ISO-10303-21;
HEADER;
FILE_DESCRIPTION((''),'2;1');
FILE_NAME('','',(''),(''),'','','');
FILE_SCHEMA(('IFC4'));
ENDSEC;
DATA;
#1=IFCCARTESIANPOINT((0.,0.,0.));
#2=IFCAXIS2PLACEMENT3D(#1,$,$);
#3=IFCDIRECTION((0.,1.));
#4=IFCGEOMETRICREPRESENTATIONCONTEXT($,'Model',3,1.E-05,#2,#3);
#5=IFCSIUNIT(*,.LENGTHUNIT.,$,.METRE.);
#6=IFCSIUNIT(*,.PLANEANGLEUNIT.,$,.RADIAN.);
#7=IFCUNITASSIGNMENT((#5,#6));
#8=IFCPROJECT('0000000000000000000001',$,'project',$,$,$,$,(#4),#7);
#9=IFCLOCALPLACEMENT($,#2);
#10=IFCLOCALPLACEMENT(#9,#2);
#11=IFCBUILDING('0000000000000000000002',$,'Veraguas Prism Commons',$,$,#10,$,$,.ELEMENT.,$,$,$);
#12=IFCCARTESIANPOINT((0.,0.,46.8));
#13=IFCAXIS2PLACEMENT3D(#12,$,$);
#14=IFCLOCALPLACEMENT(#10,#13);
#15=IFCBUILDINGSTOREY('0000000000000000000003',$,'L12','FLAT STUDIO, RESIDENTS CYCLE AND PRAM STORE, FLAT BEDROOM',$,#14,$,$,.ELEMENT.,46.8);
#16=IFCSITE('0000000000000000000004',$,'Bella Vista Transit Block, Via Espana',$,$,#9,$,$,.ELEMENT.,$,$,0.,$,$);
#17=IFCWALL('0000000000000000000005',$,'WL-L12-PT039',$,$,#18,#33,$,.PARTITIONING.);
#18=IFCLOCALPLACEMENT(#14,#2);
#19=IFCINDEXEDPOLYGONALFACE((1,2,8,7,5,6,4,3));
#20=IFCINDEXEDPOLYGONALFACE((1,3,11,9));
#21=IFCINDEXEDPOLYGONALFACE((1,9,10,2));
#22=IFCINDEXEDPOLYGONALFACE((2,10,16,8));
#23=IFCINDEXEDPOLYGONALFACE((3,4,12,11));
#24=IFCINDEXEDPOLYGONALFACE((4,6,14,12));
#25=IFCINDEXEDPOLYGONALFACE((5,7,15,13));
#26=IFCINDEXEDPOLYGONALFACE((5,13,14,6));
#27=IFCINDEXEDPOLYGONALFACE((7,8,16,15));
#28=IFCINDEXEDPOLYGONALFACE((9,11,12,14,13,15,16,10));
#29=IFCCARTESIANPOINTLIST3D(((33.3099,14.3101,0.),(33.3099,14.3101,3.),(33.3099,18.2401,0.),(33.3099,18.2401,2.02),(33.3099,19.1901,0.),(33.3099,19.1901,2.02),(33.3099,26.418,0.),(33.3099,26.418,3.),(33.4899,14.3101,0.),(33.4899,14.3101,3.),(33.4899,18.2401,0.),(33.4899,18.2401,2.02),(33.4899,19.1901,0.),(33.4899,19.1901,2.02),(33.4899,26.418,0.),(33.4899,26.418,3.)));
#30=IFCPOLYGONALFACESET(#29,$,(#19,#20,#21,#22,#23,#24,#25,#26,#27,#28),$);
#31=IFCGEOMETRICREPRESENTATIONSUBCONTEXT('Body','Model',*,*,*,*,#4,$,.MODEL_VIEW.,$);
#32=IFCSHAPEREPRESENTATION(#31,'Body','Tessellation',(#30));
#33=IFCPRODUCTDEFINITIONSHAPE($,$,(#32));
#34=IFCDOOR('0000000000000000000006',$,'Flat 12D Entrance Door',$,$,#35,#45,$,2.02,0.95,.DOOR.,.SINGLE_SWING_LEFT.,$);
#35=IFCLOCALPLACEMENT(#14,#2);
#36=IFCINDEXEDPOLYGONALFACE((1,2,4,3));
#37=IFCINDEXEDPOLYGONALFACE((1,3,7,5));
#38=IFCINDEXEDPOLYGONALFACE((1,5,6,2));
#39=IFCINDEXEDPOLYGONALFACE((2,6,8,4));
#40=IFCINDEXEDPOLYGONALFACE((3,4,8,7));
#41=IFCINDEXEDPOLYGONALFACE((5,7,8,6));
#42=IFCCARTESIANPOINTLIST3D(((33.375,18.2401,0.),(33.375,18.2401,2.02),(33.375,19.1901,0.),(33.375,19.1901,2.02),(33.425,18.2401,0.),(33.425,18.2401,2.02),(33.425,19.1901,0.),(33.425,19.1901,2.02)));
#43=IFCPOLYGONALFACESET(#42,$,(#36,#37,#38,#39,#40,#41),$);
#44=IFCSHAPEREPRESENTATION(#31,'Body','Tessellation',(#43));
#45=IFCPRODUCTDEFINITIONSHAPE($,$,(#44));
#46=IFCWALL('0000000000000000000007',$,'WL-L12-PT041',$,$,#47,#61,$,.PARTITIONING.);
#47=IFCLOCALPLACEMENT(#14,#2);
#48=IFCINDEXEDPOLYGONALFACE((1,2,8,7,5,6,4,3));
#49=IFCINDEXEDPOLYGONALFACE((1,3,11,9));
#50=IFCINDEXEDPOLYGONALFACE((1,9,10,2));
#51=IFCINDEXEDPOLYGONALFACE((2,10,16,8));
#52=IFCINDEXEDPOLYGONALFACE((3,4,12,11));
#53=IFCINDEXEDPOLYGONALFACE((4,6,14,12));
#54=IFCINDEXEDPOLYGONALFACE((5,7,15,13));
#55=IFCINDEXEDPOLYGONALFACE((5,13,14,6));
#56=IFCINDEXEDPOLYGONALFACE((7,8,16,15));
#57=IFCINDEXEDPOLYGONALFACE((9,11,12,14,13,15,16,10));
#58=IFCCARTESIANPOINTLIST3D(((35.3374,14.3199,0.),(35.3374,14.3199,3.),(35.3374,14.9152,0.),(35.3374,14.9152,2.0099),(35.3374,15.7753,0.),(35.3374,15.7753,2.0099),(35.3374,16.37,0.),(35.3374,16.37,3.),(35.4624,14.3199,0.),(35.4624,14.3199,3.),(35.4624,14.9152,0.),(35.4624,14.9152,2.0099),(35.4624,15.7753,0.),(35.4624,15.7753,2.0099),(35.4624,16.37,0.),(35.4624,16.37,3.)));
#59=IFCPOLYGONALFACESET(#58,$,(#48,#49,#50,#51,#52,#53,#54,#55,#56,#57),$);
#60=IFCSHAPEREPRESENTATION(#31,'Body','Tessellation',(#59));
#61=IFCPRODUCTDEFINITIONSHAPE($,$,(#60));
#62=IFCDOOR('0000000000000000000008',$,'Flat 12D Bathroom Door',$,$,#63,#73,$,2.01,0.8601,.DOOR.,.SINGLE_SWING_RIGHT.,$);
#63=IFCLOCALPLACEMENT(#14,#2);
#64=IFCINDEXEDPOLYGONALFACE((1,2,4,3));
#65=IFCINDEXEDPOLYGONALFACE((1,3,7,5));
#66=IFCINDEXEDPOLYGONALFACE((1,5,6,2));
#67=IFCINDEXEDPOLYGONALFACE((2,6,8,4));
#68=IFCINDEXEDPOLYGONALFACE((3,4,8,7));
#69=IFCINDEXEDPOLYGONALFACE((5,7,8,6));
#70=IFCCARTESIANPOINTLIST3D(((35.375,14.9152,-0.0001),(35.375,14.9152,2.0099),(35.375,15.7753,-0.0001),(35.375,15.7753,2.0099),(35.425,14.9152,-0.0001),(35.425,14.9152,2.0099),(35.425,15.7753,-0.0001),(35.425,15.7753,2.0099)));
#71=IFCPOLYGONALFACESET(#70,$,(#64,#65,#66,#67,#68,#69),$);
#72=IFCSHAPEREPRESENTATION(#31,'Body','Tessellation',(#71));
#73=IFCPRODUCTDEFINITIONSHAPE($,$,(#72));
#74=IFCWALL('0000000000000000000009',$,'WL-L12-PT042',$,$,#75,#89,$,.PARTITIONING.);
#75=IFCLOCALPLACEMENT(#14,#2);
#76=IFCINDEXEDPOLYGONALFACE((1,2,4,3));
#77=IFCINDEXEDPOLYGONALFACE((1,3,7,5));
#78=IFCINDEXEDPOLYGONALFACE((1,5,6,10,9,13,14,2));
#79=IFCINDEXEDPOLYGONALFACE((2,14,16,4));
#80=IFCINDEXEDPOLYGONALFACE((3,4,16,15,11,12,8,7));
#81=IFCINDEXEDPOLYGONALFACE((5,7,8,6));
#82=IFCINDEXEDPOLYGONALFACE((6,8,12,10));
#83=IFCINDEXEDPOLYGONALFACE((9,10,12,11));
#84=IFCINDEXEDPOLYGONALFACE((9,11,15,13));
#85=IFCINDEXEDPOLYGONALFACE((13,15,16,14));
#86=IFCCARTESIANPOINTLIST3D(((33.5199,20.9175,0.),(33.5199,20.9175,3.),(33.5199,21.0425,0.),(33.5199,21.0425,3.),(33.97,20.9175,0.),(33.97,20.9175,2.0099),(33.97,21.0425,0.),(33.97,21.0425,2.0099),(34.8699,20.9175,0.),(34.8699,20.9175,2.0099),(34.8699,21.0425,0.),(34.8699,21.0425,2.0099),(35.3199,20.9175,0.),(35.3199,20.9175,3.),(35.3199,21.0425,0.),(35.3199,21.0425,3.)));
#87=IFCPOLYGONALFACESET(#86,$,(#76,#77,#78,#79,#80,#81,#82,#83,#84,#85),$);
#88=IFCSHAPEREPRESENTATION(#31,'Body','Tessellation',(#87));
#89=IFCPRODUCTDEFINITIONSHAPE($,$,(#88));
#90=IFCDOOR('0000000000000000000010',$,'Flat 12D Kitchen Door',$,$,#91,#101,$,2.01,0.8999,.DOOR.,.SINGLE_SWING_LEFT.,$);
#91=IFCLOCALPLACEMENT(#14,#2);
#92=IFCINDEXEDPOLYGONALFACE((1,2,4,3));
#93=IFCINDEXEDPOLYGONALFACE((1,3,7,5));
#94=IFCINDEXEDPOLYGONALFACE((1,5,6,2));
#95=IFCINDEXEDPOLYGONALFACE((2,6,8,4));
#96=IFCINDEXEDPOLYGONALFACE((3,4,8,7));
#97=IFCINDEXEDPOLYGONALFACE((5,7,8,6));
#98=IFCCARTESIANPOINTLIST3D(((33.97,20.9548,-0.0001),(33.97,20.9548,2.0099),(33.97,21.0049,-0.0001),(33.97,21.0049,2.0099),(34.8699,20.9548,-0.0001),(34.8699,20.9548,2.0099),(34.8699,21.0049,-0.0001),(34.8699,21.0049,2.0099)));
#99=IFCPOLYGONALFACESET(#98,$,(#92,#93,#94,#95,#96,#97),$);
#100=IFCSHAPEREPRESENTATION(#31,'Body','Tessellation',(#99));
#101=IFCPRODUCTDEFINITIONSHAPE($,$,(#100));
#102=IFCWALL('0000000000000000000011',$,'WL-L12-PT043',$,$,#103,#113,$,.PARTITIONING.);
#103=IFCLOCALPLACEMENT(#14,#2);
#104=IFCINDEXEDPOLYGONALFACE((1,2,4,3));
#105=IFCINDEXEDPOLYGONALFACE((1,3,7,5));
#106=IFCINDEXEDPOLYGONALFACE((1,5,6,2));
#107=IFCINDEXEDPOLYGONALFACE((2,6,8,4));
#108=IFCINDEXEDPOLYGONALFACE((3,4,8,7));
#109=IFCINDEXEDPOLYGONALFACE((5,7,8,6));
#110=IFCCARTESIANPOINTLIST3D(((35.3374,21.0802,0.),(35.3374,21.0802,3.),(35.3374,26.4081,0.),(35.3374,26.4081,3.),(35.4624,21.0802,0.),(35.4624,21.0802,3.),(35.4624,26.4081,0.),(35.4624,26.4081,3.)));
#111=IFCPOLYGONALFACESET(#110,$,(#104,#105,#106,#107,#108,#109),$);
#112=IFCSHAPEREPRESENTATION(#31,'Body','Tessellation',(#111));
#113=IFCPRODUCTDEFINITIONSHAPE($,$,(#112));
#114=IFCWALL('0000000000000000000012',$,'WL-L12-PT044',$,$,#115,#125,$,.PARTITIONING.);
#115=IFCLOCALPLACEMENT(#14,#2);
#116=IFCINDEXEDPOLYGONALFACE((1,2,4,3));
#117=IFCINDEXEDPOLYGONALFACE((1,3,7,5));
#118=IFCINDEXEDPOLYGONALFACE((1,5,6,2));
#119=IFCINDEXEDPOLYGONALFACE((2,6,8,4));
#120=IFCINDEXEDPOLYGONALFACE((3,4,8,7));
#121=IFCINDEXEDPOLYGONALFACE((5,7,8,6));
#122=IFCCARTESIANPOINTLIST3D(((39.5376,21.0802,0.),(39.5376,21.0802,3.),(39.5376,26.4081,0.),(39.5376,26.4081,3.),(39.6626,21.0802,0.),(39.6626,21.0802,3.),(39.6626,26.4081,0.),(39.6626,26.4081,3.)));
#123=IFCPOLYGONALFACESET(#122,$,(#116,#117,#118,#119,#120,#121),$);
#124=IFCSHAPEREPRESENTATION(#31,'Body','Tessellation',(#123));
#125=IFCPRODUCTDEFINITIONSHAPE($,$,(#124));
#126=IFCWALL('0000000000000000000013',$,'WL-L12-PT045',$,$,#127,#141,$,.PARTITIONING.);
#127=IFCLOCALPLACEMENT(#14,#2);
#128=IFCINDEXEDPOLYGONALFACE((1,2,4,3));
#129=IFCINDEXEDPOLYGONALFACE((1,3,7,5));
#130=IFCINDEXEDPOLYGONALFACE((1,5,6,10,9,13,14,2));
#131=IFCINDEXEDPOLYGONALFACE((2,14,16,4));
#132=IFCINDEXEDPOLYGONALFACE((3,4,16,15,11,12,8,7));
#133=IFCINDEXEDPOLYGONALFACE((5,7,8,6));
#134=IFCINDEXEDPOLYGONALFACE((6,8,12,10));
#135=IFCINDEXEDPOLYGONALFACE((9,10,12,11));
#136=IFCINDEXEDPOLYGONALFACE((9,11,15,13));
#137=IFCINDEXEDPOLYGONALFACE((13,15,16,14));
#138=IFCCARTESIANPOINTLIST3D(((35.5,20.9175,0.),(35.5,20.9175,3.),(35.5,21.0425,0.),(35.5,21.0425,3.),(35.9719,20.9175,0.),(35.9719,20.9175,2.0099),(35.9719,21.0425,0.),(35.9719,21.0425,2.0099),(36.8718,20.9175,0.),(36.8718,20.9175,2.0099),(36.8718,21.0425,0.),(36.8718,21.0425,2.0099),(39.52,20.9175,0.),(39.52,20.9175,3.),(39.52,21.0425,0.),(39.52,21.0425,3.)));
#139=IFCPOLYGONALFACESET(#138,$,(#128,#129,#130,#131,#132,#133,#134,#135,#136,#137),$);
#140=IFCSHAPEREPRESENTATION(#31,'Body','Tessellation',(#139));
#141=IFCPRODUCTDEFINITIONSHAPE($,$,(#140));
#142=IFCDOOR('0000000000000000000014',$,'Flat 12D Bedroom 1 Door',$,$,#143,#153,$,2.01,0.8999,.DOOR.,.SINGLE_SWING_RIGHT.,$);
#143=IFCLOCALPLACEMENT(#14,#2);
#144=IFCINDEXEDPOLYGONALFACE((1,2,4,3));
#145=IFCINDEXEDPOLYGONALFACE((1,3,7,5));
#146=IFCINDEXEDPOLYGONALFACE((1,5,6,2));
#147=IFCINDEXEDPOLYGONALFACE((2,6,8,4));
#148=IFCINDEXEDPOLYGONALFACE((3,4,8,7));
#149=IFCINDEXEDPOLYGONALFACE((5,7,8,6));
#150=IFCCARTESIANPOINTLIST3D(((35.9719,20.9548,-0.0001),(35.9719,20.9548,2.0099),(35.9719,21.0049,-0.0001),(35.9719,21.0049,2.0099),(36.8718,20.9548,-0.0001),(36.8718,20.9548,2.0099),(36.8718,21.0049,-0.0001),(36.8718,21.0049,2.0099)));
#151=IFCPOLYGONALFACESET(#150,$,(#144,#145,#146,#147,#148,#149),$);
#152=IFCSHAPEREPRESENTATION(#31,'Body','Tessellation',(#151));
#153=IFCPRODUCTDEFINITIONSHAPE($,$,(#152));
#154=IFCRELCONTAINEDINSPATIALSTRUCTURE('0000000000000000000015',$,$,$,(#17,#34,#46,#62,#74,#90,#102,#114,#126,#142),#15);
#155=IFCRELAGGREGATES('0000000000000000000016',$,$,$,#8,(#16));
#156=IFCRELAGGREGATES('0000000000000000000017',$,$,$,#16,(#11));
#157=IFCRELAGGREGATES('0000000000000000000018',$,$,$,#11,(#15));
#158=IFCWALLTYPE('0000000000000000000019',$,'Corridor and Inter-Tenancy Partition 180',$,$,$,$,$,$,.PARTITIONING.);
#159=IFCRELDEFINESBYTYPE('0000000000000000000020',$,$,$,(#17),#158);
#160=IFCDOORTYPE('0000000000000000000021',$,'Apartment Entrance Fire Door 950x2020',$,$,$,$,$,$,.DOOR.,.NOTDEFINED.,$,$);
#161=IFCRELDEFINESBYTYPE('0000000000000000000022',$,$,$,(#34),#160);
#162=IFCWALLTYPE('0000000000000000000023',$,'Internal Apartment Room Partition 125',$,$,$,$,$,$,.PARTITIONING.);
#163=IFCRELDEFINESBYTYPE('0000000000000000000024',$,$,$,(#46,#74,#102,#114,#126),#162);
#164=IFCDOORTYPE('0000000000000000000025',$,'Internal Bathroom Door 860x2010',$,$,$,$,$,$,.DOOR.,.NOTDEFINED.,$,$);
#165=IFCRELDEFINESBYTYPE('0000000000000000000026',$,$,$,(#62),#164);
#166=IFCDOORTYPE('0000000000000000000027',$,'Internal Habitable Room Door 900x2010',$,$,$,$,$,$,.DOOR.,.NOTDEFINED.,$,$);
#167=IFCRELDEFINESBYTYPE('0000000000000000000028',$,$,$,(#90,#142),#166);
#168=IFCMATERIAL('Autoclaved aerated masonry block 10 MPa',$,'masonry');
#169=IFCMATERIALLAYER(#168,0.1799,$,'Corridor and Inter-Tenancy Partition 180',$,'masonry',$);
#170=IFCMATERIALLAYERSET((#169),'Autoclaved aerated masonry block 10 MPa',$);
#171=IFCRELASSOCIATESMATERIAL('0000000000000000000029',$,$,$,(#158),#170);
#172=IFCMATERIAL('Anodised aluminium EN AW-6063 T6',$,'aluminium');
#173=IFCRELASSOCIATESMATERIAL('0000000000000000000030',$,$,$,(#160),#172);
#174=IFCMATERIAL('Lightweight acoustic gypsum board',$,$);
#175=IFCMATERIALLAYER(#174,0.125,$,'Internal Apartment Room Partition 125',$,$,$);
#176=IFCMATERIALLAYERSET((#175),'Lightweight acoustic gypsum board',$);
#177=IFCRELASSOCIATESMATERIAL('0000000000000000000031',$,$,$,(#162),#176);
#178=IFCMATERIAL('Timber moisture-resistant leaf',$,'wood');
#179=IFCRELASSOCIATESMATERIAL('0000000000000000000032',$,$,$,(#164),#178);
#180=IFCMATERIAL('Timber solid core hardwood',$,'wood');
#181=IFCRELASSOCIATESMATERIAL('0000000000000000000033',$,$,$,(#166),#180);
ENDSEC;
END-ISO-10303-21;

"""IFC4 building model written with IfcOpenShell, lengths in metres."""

from ifc_helpers import new_model, si_unit, direction, frame, frame_2d, origin, place, context, subcontext, project, spatial, rectangle, extrude, source, transform, mapped, material, layer, layer_set, type_object, element, fill, save


model = new_model("IFC4")

# Units and contexts
model_context = context("Model", 3, precision=1e-05, world=origin(), true_north=direction((0.0, 1.0)))
body_context = subcontext(model_context, "Body", "Model", "MODEL_VIEW")
ifc_project = project(units=[si_unit("LENGTHUNIT", "METRE"), si_unit("PLANEANGLEUNIT", "RADIAN")], contexts=[model_context])

# Site, building, storey
site_placement = place(None, origin())
site = spatial("IfcSite", under=ifc_project, at=site_placement, Name="Bella Vista Transit Block, Via Espana", CompositionType="ELEMENT", RefElevation=0.0)
building_placement = place(site_placement, origin())
building = spatial("IfcBuilding", under=site, at=building_placement, Name="Veraguas Prism Commons", CompositionType="ELEMENT")
storey_placement = place(building_placement, frame((0.0, 0.0, 46.8)))
storey = spatial("IfcBuildingStorey", under=building, at=storey_placement, Name="L12", Description="FLAT STUDIO, RESIDENTS CYCLE AND PRAM STORE, FLAT BEDROOM", CompositionType="ELEMENT", Elevation=46.8)

# Shared definitions
ifc_material_1 = material(Name="Anodised aluminium EN AW-6063 T6", Category="aluminium")

# Shared definitions
ifc_material_2 = material(Name="Autoclaved aerated masonry block 10 MPa", Category="masonry")
ifc_layer_1 = layer(ifc_material_2, 0.1799, Name="Corridor and Inter-Tenancy Partition 180", Category="masonry")
ifc_layer_set_1 = layer_set([ifc_layer_1], Name="Autoclaved aerated masonry block 10 MPa")
wall_type_1 = type_object("IfcWallType", Name="Corridor and Inter-Tenancy Partition 180", PredefinedType="PARTITIONING", material=ifc_layer_set_1)

# Walls, openings, doors
wall_1_placement = place(storey_placement, frame((33.3999, 14.3101, 0.0), z_axis=(0.0, 0.0, 1.0), x_axis=(0.0, 1.0, 0.0)))
wall_1 = element("IfcWall", 1, at=wall_1_placement, inside=storey, type_object=wall_type_1, Name="WL-L12-PT039", PredefinedType="PARTITIONING", context=body_context, shape_type="SweptSolid", body=[
    extrude(rectangle(XDim=12.1079, YDim=0.1799, at=frame_2d((6.054, 0.0))), origin(), (0.0, 0.0, 1.0), 3.0),
])
opening_1_placement = place(wall_1_placement, frame((3.9299, 0.0, 0.0)))
opening_1 = element("IfcOpeningElement", 2, at=opening_1_placement, cuts=wall_1, PredefinedType="OPENING", context=body_context, shape_type="SweptSolid", body=[
    extrude(rectangle(XDim=0.95, YDim=2.02, at=frame_2d((0.4751, 1.01))), frame((0.0, 0.0999, 0.0), z_axis=(0.0, -1.0, 0.0), x_axis=(1.0, 0.0, 0.0)), (0.0, 0.0, 1.0), 0.2),
])
door_type_1 = type_object("IfcDoorType", Name="Apartment Entrance Fire Door 950x2020", OperationType="NOTDEFINED", PredefinedType="DOOR", material=ifc_material_1)
shared_shape_1 = source(origin(), body_context, "Body", "SweptSolid", [
    extrude(rectangle(XDim=0.95, YDim=2.02, at=frame_2d((0.4751, 1.01))), frame((0.0, 0.0249, 0.0), z_axis=(0.0, -1.0, 0.0), x_axis=(1.0, 0.0, 0.0)), (0.0, 0.0, 1.0), 0.05),
])
door_1_placement = place(opening_1_placement, origin())
door_1 = element("IfcDoor", 3, at=door_1_placement, inside=storey, type_object=door_type_1, Name="Flat 12D Entrance Door", OperationType="SINGLE_SWING_LEFT", OverallHeight=2.02, OverallWidth=0.95, PredefinedType="DOOR", context=body_context, shape_type="MappedRepresentation", body=[
    mapped(shared_shape_1, transform((0.0, 0.0, 0.0), scale=1.0)),
])
fill(opening_1, door_1)
ifc_material_3 = material(Name="Lightweight acoustic gypsum board")
ifc_layer_2 = layer(ifc_material_3, 0.125, Name="Internal Apartment Room Partition 125")
ifc_layer_set_2 = layer_set([ifc_layer_2], Name="Lightweight acoustic gypsum board")
wall_type_2 = type_object("IfcWallType", Name="Internal Apartment Room Partition 125", PredefinedType="PARTITIONING", material=ifc_layer_set_2)
wall_2_placement = place(storey_placement, frame((35.3999, 14.3201, 0.0), z_axis=(0.0, 0.0, 1.0), x_axis=(0.0, 1.0, 0.0)))
wall_2 = element("IfcWall", 4, at=wall_2_placement, inside=storey, type_object=wall_type_2, Name="WL-L12-PT041", PredefinedType="PARTITIONING", context=body_context, shape_type="SweptSolid", body=[
    extrude(rectangle(XDim=2.05, YDim=0.125, at=frame_2d((1.0249, 0.0))), origin(), (0.0, 0.0, 1.0), 3.0),
])
opening_2_placement = place(wall_2_placement, frame((0.595, 0.0, 0.0)))
opening_2 = element("IfcOpeningElement", 5, at=opening_2_placement, cuts=wall_2, PredefinedType="OPENING", context=body_context, shape_type="SweptSolid", body=[
    extrude(rectangle(XDim=0.8601, YDim=2.01, at=frame_2d((0.4302, 1.0049))), frame((0.0, 0.0725, 0.0), z_axis=(0.0, -1.0, 0.0), x_axis=(1.0, 0.0, 0.0)), (0.0, 0.0, 1.0), 0.145),
])
ifc_material_4 = material(Name="Timber moisture-resistant leaf", Category="wood")
door_type_2 = type_object("IfcDoorType", Name="Internal Bathroom Door 860x2010", OperationType="NOTDEFINED", PredefinedType="DOOR", material=ifc_material_4)
shared_shape_2 = source(origin(), body_context, "Body", "SweptSolid", [
    extrude(rectangle(XDim=0.8601, YDim=2.01, at=frame_2d((0.4302, 1.0049))), frame((0.0, 0.0249, 0.0), z_axis=(0.0, -1.0, 0.0), x_axis=(1.0, 0.0, 0.0)), (0.0, 0.0, 1.0), 0.05),
])
door_2_placement = place(opening_2_placement, origin())
door_2 = element("IfcDoor", 6, at=door_2_placement, inside=storey, type_object=door_type_2, Name="Flat 12D Bathroom Door", OperationType="SINGLE_SWING_RIGHT", OverallHeight=2.01, OverallWidth=0.8601, PredefinedType="DOOR", context=body_context, shape_type="MappedRepresentation", body=[
    mapped(shared_shape_2, transform((0.0, 0.0, 0.0), scale=1.0)),
])
fill(opening_2, door_2)
wall_3_placement = place(storey_placement, frame((33.52, 20.98, 0.0), z_axis=(0.0, 0.0, 1.0), x_axis=(1.0, 0.0, 0.0)))
wall_3 = element("IfcWall", 7, at=wall_3_placement, inside=storey, type_object=wall_type_2, Name="WL-L12-PT042", PredefinedType="PARTITIONING", context=body_context, shape_type="SweptSolid", body=[
    extrude(rectangle(XDim=1.8, YDim=0.125, at=frame_2d((0.8999, 0.0))), origin(), (0.0, 0.0, 1.0), 3.0),
])
opening_3_placement = place(wall_3_placement, frame((0.45, 0.0, 0.0)))
opening_3 = element("IfcOpeningElement", 8, at=opening_3_placement, cuts=wall_3, PredefinedType="OPENING", context=body_context, shape_type="SweptSolid", body=[
    extrude(rectangle(XDim=0.8999, YDim=2.01, at=frame_2d((0.45, 1.0049))), frame((0.0, 0.0725, 0.0), z_axis=(0.0, -1.0, 0.0), x_axis=(1.0, 0.0, 0.0)), (0.0, 0.0, 1.0), 0.145),
])
ifc_material_5 = material(Name="Timber solid core hardwood", Category="wood")
door_type_3 = type_object("IfcDoorType", Name="Internal Habitable Room Door 900x2010", OperationType="NOTDEFINED", PredefinedType="DOOR", material=ifc_material_5)
shared_shape_3 = source(origin(), body_context, "Body", "SweptSolid", [
    extrude(rectangle(XDim=0.8999, YDim=2.01, at=frame_2d((0.45, 1.0049))), frame((0.0, 0.0249, 0.0), z_axis=(0.0, -1.0, 0.0), x_axis=(1.0, 0.0, 0.0)), (0.0, 0.0, 1.0), 0.05),
])
door_3_placement = place(opening_3_placement, origin())
door_3 = element("IfcDoor", 9, at=door_3_placement, inside=storey, type_object=door_type_3, Name="Flat 12D Kitchen Door", OperationType="SINGLE_SWING_LEFT", OverallHeight=2.01, OverallWidth=0.8999, PredefinedType="DOOR", context=body_context, shape_type="MappedRepresentation", body=[
    mapped(shared_shape_3, transform((0.0, 0.0, 0.0), scale=1.0)),
])
fill(opening_3, door_3)

# Walls
for number, where, z_axis, x_axis, name in (
    (10, (35.3999, 21.0801, 0.0), (0.0, 0.0, 1.0), (0.0, 1.0, 0.0), "WL-L12-PT043"),
    (11, (39.6001, 21.0801, 0.0), (0.0, 0.0, 1.0), (0.0, 1.0, 0.0), "WL-L12-PT044"),
):
    element("IfcWall", number, at=place(storey_placement, frame(where, z_axis=z_axis, x_axis=x_axis)), inside=storey, type_object=wall_type_2, Name=name, PredefinedType="PARTITIONING", context=body_context, shape_type="SweptSolid", body=[
        extrude(rectangle(XDim=5.3279, YDim=0.125, at=frame_2d((2.6641, 0.0))), origin(), (0.0, 0.0, 1.0), 3.0),
    ])

# Wall, opening, door
wall_4_placement = place(storey_placement, frame((35.5, 20.98, 0.0), z_axis=(0.0, 0.0, 1.0), x_axis=(1.0, 0.0, 0.0)))
wall_4 = element("IfcWall", 12, at=wall_4_placement, inside=storey, type_object=wall_type_2, Name="WL-L12-PT045", PredefinedType="PARTITIONING", context=body_context, shape_type="SweptSolid", body=[
    extrude(rectangle(XDim=4.02, YDim=0.125, at=frame_2d((2.01, 0.0))), origin(), (0.0, 0.0, 1.0), 3.0),
])
opening_4_placement = place(wall_4_placement, frame((0.4719, 0.0, 0.0)))
opening_4 = element("IfcOpeningElement", 13, at=opening_4_placement, cuts=wall_4, PredefinedType="OPENING", context=body_context, shape_type="SweptSolid", body=[
    extrude(rectangle(XDim=0.8999, YDim=2.01, at=frame_2d((0.45, 1.0049))), frame((0.0, 0.0725, 0.0), z_axis=(0.0, -1.0, 0.0), x_axis=(1.0, 0.0, 0.0)), (0.0, 0.0, 1.0), 0.145),
])
door_4_placement = place(opening_4_placement, origin())
door_4 = element("IfcDoor", 14, at=door_4_placement, inside=storey, type_object=door_type_3, Name="Flat 12D Bedroom 1 Door", OperationType="SINGLE_SWING_RIGHT", OverallHeight=2.01, OverallWidth=0.8999, PredefinedType="DOOR", context=body_context, shape_type="MappedRepresentation", body=[
    mapped(shared_shape_3, transform((0.0, 0.0, 0.0), scale=1.0)),
])
fill(opening_4, door_4)

save(model, "model.ifc")
